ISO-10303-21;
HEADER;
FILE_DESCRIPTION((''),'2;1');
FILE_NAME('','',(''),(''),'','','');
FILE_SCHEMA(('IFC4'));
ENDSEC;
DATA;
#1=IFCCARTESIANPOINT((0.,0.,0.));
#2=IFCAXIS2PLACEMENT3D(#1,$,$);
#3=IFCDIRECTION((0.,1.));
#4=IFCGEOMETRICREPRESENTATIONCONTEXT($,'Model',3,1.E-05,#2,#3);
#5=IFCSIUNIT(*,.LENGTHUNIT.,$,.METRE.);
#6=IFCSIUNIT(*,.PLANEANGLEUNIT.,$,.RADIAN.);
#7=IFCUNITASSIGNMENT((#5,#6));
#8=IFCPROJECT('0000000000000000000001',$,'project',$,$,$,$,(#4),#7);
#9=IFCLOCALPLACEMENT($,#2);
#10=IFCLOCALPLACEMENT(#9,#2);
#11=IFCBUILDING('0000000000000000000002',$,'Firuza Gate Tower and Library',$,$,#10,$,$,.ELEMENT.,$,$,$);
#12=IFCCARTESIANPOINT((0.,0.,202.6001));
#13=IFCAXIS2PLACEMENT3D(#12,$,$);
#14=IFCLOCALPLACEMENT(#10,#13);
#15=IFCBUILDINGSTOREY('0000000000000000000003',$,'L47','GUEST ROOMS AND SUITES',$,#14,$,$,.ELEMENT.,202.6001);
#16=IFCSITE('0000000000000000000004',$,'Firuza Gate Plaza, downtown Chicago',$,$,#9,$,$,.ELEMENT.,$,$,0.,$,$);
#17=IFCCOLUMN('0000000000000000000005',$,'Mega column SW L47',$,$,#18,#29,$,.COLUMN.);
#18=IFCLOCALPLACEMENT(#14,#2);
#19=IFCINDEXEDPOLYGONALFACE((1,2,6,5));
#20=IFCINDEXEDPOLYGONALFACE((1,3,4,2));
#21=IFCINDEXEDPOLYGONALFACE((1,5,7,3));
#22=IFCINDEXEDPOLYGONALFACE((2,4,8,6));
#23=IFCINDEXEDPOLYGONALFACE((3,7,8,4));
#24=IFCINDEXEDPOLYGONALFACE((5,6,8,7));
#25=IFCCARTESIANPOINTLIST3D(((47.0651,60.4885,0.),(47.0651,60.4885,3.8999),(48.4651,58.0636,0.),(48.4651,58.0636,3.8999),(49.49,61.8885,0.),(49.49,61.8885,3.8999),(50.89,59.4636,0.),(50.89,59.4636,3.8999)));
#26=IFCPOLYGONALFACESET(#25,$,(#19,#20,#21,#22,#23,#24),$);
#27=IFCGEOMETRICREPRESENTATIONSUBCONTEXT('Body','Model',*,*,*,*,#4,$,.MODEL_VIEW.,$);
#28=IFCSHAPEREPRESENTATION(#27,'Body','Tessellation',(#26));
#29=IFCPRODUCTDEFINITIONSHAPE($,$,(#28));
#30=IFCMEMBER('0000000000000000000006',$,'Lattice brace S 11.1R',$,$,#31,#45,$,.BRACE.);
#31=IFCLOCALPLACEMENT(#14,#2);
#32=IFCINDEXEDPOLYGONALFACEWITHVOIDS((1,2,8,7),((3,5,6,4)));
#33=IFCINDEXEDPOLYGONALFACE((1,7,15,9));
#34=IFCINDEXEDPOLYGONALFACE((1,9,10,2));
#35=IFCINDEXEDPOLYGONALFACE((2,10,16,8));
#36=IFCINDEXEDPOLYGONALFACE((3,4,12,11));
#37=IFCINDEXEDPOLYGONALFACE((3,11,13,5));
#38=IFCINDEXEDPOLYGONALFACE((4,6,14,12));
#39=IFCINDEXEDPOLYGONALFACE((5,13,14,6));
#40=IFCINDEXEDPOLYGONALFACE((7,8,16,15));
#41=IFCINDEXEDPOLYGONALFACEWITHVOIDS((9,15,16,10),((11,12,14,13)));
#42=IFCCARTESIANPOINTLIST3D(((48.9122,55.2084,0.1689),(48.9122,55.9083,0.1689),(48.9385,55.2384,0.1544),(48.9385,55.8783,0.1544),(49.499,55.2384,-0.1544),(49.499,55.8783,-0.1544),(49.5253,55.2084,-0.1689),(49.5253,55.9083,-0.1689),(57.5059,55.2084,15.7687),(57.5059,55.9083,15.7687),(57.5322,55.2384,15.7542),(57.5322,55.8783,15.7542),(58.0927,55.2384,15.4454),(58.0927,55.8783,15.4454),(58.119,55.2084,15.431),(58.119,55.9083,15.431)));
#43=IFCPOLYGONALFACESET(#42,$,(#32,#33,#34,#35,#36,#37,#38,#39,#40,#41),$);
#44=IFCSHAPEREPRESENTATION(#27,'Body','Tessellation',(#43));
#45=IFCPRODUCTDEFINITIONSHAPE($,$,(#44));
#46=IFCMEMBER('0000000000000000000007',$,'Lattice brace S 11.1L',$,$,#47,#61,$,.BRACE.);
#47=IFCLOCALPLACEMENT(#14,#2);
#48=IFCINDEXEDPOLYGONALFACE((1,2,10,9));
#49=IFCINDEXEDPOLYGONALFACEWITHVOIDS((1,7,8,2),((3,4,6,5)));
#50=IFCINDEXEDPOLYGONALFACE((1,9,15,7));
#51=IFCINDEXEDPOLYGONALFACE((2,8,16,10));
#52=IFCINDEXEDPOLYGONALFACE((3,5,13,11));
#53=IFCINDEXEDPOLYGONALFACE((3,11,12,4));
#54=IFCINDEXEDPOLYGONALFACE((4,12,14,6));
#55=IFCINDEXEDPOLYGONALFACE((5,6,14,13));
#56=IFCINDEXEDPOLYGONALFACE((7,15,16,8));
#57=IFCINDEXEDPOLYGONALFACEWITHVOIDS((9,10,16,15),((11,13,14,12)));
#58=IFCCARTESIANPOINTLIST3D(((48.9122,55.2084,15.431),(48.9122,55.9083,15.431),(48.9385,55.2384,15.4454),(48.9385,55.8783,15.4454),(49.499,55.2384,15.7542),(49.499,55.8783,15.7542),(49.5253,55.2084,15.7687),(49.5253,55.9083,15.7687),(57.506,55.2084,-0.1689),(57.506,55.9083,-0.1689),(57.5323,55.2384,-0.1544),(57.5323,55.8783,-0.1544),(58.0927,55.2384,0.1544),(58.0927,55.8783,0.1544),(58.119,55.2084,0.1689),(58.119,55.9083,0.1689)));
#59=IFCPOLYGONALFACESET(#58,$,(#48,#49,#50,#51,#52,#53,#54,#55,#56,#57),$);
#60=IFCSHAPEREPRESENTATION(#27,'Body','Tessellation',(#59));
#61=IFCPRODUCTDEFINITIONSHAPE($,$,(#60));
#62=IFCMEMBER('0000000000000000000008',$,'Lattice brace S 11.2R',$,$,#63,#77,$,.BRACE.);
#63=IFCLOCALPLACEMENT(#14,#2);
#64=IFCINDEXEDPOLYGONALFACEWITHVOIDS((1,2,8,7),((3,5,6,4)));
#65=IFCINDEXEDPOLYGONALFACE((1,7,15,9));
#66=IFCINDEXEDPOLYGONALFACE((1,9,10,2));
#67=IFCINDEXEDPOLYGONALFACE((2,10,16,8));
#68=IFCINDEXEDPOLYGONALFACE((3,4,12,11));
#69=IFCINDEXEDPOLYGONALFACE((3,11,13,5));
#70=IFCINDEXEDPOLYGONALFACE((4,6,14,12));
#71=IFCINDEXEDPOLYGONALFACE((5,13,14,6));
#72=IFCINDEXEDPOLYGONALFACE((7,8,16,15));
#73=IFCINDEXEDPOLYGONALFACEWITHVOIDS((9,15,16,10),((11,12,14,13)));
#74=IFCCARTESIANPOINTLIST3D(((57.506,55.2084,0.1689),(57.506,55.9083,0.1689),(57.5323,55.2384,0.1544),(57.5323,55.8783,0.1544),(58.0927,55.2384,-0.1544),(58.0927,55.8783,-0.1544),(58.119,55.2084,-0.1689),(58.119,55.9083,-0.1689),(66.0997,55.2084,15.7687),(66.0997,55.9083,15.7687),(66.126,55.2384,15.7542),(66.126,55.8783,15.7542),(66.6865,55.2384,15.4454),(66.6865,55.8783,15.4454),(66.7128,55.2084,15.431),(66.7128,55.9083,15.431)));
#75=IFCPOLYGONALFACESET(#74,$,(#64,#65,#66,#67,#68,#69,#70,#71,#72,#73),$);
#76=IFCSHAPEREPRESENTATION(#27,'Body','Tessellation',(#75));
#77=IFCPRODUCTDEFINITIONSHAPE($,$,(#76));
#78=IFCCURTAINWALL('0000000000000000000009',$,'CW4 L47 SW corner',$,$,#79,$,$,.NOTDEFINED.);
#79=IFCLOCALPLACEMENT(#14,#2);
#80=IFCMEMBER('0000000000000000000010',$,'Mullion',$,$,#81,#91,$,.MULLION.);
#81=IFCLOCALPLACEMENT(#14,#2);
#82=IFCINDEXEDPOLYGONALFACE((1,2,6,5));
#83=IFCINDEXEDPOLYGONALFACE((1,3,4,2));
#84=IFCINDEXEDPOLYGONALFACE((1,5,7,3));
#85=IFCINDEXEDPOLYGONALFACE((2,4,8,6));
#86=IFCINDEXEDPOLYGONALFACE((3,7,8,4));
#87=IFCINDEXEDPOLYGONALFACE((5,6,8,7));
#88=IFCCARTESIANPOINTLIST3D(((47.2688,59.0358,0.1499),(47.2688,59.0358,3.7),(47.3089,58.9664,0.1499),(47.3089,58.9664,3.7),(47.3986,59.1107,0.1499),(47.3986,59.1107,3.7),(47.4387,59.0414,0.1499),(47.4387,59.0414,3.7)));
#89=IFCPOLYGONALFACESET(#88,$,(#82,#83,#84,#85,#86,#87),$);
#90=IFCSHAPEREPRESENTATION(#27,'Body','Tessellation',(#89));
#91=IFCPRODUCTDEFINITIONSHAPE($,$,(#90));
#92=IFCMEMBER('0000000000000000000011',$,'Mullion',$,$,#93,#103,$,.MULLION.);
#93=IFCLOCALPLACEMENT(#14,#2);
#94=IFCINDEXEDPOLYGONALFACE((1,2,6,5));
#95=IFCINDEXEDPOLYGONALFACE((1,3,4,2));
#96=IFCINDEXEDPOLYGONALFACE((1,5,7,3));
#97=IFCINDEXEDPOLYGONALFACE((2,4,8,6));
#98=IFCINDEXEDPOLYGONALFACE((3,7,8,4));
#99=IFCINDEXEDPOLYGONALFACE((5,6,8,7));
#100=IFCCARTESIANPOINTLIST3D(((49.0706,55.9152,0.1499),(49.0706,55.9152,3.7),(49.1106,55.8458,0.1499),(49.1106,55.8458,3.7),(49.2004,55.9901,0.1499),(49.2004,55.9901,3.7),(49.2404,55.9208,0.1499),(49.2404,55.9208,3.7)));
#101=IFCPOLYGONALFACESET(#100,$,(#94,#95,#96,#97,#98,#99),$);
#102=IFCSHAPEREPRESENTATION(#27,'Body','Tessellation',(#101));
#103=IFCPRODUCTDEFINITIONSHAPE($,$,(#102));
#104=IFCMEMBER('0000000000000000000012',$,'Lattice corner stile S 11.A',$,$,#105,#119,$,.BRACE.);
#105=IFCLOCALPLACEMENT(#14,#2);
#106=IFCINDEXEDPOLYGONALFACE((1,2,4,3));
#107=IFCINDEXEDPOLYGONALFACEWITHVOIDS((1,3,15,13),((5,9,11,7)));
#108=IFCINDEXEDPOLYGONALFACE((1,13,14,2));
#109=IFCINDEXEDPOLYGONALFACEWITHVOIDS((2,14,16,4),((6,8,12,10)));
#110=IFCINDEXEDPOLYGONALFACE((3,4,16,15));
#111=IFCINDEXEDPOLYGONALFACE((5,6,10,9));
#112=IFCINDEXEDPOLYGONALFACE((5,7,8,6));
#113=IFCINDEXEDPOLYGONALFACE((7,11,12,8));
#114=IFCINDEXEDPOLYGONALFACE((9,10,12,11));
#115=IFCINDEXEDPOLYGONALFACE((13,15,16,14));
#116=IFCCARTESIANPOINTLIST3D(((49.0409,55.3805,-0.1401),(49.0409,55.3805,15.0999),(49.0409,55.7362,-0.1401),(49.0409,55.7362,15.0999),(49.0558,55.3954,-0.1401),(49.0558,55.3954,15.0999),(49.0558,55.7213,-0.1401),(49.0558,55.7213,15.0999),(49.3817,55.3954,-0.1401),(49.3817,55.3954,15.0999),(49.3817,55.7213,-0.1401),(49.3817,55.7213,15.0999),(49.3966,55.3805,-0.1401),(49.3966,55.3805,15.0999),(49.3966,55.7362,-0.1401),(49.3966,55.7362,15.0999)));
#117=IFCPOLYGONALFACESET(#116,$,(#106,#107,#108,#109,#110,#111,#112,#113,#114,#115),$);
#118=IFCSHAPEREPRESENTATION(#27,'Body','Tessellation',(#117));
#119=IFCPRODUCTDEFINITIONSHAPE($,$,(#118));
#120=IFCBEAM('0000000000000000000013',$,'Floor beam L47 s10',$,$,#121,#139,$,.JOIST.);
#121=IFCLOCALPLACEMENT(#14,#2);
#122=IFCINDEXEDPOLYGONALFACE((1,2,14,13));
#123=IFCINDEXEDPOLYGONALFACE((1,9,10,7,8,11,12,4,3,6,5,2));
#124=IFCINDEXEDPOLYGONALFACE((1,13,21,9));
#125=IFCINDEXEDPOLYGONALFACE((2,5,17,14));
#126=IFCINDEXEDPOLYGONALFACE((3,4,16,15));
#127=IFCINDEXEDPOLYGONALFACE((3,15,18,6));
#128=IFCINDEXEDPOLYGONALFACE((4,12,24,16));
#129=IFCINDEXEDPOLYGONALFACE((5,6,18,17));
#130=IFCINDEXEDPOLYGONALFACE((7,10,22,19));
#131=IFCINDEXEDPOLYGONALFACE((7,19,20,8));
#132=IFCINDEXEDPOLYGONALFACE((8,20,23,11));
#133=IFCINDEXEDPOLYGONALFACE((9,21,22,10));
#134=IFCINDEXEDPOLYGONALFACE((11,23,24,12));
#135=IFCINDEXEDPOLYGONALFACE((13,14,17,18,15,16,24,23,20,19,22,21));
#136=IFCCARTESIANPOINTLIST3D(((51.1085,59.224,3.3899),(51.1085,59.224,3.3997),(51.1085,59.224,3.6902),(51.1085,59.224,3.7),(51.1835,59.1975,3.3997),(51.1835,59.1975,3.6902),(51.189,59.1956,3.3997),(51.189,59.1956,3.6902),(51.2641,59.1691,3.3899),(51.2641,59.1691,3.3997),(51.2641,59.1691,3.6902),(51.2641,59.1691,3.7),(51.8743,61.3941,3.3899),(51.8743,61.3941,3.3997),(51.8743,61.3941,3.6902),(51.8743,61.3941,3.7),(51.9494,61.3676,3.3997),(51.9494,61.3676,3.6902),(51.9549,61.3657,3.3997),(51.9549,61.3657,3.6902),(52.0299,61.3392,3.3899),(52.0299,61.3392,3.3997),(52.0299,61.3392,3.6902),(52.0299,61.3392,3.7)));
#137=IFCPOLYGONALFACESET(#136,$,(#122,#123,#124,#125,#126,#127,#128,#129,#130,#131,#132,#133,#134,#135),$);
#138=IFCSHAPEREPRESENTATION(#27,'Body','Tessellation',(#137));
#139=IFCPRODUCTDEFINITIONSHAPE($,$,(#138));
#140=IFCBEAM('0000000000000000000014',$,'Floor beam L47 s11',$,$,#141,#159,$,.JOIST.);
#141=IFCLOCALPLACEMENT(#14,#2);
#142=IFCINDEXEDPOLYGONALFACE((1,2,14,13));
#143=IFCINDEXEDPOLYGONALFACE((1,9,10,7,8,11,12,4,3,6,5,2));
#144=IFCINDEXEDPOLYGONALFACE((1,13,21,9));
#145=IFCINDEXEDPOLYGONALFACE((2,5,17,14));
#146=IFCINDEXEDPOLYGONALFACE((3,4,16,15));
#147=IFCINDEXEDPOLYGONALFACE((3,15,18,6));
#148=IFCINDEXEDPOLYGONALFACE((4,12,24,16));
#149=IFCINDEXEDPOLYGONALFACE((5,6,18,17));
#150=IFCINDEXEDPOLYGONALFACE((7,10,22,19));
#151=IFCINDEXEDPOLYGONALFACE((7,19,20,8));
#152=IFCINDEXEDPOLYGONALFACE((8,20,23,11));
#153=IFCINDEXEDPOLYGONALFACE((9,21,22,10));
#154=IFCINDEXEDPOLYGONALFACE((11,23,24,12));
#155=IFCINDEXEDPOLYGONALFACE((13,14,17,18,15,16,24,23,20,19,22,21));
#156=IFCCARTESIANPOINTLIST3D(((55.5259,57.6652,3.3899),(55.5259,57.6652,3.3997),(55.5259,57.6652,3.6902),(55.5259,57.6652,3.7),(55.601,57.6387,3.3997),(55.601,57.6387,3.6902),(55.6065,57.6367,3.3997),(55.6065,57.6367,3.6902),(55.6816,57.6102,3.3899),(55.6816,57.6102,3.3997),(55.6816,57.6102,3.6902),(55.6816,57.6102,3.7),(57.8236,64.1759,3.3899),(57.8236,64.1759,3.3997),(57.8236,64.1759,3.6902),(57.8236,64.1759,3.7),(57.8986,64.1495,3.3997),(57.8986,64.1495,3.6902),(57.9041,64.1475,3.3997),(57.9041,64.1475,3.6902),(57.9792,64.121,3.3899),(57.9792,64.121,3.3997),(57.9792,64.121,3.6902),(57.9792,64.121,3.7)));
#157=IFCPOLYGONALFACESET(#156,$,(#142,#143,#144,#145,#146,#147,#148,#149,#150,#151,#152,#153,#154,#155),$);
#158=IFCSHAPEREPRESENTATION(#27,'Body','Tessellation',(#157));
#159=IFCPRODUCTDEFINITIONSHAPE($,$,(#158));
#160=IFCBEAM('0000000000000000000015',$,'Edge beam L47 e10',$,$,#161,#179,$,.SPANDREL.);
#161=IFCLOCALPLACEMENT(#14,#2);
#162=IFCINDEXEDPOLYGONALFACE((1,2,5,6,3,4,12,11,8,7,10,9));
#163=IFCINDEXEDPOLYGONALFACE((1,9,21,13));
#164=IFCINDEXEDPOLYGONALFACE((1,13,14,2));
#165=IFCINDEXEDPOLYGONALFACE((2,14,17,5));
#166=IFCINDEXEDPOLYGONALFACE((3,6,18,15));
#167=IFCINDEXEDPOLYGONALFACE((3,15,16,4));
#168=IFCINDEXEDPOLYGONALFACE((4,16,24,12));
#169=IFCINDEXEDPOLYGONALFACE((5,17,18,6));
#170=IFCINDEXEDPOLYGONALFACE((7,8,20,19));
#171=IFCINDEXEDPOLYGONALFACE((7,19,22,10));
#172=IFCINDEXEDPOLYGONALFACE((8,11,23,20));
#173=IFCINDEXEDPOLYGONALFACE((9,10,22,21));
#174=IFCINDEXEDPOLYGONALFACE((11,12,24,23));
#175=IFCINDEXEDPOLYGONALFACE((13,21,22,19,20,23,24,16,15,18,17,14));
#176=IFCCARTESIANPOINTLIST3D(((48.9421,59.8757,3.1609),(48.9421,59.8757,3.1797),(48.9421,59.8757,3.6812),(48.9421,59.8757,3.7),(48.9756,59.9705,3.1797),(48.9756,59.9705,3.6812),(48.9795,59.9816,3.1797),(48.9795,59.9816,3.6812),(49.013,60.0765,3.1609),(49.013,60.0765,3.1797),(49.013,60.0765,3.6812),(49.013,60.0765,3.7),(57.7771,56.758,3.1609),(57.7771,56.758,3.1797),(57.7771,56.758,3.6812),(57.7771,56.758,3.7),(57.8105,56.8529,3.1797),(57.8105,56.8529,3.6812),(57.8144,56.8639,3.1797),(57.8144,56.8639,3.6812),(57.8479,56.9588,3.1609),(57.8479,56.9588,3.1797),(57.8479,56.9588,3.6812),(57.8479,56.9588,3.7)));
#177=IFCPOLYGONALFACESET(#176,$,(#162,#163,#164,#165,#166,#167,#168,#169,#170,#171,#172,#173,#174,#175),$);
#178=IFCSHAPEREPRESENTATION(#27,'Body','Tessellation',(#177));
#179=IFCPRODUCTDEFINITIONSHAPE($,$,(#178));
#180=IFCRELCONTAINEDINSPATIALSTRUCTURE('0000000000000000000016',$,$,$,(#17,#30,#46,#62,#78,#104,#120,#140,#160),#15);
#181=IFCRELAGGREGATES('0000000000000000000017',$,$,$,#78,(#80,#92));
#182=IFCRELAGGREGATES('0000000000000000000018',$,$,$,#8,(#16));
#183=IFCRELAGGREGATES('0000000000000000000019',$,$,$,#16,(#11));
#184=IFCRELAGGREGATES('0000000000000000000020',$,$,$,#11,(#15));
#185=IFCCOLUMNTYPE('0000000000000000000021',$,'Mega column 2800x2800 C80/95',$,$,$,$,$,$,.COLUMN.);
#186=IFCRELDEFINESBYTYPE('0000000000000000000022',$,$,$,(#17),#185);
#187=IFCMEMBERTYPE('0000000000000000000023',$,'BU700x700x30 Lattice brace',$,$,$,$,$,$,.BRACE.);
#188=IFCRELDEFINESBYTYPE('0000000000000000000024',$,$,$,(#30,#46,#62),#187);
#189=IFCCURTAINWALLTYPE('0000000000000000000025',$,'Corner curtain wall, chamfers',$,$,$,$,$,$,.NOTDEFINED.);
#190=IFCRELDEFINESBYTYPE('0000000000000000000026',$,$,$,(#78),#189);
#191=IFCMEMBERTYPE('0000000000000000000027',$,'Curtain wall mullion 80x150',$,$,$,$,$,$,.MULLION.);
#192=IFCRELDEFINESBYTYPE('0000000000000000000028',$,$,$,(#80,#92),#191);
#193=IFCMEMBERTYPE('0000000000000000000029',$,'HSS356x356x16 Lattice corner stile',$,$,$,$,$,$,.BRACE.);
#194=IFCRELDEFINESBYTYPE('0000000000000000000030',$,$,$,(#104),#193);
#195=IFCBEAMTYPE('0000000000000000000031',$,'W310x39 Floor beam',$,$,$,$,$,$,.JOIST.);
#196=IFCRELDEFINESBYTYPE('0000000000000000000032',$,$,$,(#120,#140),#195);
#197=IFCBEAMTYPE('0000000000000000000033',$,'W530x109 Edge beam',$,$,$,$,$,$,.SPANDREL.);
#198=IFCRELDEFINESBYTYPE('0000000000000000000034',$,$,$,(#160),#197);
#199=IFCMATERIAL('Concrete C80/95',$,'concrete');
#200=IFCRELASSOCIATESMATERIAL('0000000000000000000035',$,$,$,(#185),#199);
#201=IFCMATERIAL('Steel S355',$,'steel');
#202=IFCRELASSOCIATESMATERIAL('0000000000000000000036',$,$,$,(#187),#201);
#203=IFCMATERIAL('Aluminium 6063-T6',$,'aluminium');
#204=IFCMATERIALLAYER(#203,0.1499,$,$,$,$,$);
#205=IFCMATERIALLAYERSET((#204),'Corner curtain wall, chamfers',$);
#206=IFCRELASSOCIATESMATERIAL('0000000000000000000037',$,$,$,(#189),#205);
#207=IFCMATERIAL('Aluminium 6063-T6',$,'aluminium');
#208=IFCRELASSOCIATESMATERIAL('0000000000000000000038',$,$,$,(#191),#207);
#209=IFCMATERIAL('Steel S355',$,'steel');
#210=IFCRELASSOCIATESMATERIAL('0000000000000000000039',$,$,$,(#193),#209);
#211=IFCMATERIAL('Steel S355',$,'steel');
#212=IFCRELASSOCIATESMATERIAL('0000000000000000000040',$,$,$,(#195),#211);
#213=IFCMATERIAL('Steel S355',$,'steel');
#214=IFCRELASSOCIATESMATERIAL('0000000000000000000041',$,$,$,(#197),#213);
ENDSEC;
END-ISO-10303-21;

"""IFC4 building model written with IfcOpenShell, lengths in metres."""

from ifc_helpers import new_model, si_unit, direction, frame, origin, origin_2d, place, context, subcontext, project, spatial, rectangle, hollow_rectangle, i_section, extrude, material, layer, layer_set, material_profile, profile_set, type_object, element, aggregate, save


model = new_model("IFC4")

# Units and contexts
model_context = context("Model", 3, precision=1e-05, world=origin(), true_north=direction((0.0, 1.0)))
body_context = subcontext(model_context, "Body", "Model", "MODEL_VIEW")
ifc_project = project(units=[si_unit("LENGTHUNIT", "METRE"), si_unit("PLANEANGLEUNIT", "RADIAN")], contexts=[model_context])

# Site, building, storey
site_placement = place(None, origin())
site = spatial("IfcSite", under=ifc_project, at=site_placement, Name="Firuza Gate Plaza, downtown Chicago", CompositionType="ELEMENT", RefElevation=0.0)
building_placement = place(site_placement, origin())
building = spatial("IfcBuilding", under=site, at=building_placement, Name="Firuza Gate Tower and Library", CompositionType="ELEMENT")
storey_placement = place(building_placement, frame((0.0, 0.0, 202.6001)))
storey = spatial("IfcBuildingStorey", under=building, at=storey_placement, Name="L47", Description="GUEST ROOMS AND SUITES", CompositionType="ELEMENT", Elevation=202.6001)

# Column
ifc_material_1 = material(Name="Concrete C80/95", Category="concrete")
ifc_material_profile_1 = material_profile(ifc_material_1, rectangle(XDim=2.8, YDim=2.8, at=origin_2d()))
ifc_profile_set_1 = profile_set([ifc_material_profile_1], Name="Concrete C80/95")
column_type = type_object("IfcColumnType", Name="Mega column 2800x2800 C80/95", PredefinedType="COLUMN", material=ifc_profile_set_1)
column_placement = place(storey_placement, frame((48.9775, 59.9761, 0.0), z_axis=(0.0, 0.0, 1.0), x_axis=(0.5, -0.866025, 0.0)))
element("IfcColumn", 1, at=column_placement, inside=storey, type_object=column_type, Name="Mega column SW L47", PredefinedType="COLUMN", context=body_context, shape_type="SweptSolid", body=[
    extrude(rectangle(XDim=2.8, YDim=2.8, at=origin_2d()), origin(), (0.0, 0.0, 1.0), 3.8999),
])

# Members
ifc_material_2 = material(Name="Steel S355", Category="steel")
ifc_material_profile_2 = material_profile(ifc_material_2, hollow_rectangle(XDim=0.7, YDim=0.7, WallThickness=0.03, at=origin_2d()))
ifc_profile_set_2 = profile_set([ifc_material_profile_2], Name="Steel S355")
member_type_1 = type_object("IfcMemberType", Name="BU700x700x30 Lattice brace", PredefinedType="BRACE", material=ifc_profile_set_2)
for number, where, z_axis, x_axis, name in (
    (2, (49.2188, 55.5583, 0.0), (0.482515, 0.0, 0.875888), (0.0, 1.0, 0.0), "Lattice brace S 11.1R"),
    (3, (57.8125, 55.5583, 0.0), (-0.482515, 0.0, 0.875888), (0.0, -1.0, 0.0), "Lattice brace S 11.1L"),
    (4, (57.8125, 55.5583, 0.0), (0.482515, 0.0, 0.875888), (0.0, 1.0, 0.0), "Lattice brace S 11.2R"),
):
    element("IfcMember", number, at=place(storey_placement, frame(where, z_axis=z_axis, x_axis=x_axis)), inside=storey, type_object=member_type_1, Name=name, PredefinedType="BRACE", context=body_context, shape_type="SweptSolid", body=[
        extrude(hollow_rectangle(XDim=0.7, YDim=0.7, WallThickness=0.03, at=origin_2d()), origin(), (0.0, 0.0, 1.0), 17.8103),
    ])

# Curtain wall, members
ifc_material_3 = material(Name="Aluminium 6063-T6", Category="aluminium")
ifc_layer_1 = layer(ifc_material_3, 0.1499)
ifc_layer_set_1 = layer_set([ifc_layer_1], Name="Corner curtain wall, chamfers")
curtain_wall_type = type_object("IfcCurtainWallType", Name="Corner curtain wall, chamfers", PredefinedType="NOTDEFINED", material=ifc_layer_set_1)
placement_1 = place(storey_placement, origin())
curtain_wall = element("IfcCurtainWall", 5, at=placement_1, inside=storey, type_object=curtain_wall_type, Name="CW4 L47 SW corner", PredefinedType="NOTDEFINED")
ifc_material_4 = material(Name="Aluminium 6063-T6", Category="aluminium")
ifc_material_profile_3 = material_profile(ifc_material_4, rectangle(XDim=0.1499, YDim=0.0801, at=origin_2d()))
ifc_profile_set_3 = profile_set([ifc_material_profile_3], Name="Aluminium 6063-T6")
member_type_2 = type_object("IfcMemberType", Name="Curtain wall mullion 80x150", PredefinedType="MULLION", material=ifc_profile_set_3)
member_1_placement = place(storey_placement, frame((47.3538, 59.0386, 0.1499), z_axis=(0.0, 0.0, 1.0), x_axis=(0.866025, 0.5, 0.0)))
member_1 = element("IfcMember", 6, at=member_1_placement, type_object=member_type_2, Name="Mullion", PredefinedType="MULLION", context=body_context, shape_type="SweptSolid", body=[
    extrude(rectangle(XDim=0.1499, YDim=0.0801, at=origin_2d()), origin(), (0.0, 0.0, 1.0), 3.55),
])
member_2_placement = place(storey_placement, frame((49.1555, 55.918, 0.1499), z_axis=(0.0, 0.0, 1.0), x_axis=(0.866025, 0.5, 0.0)))
member_2 = element("IfcMember", 7, at=member_2_placement, type_object=member_type_2, Name="Mullion", PredefinedType="MULLION", context=body_context, shape_type="SweptSolid", body=[
    extrude(rectangle(XDim=0.1499, YDim=0.0801, at=origin_2d()), origin(), (0.0, 0.0, 1.0), 3.55),
])

# Member
ifc_material_5 = material(Name="Steel S355", Category="steel")
ifc_material_profile_4 = material_profile(ifc_material_5, hollow_rectangle(XDim=0.3557, YDim=0.3557, WallThickness=0.0149, at=origin_2d()))
ifc_profile_set_4 = profile_set([ifc_material_profile_4], Name="Steel S355")
member_type_3 = type_object("IfcMemberType", Name="HSS356x356x16 Lattice corner stile", PredefinedType="BRACE", material=ifc_profile_set_4)
member_3_placement = place(storey_placement, frame((49.2188, 55.5583, -0.1401), z_axis=(0.0, 0.0, 1.0), x_axis=(1.0, 0.0, 0.0)))
element("IfcMember", 8, at=member_3_placement, inside=storey, type_object=member_type_3, Name="Lattice corner stile S 11.A", PredefinedType="BRACE", context=body_context, shape_type="SweptSolid", body=[
    extrude(hollow_rectangle(XDim=0.3557, YDim=0.3557, WallThickness=0.0149, at=origin_2d()), origin(), (0.0, 0.0, 1.0), 15.24),
])

# Beams
ifc_material_6 = material(Name="Steel S355", Category="steel")
ifc_material_profile_5 = material_profile(ifc_material_6, i_section(OverallWidth=0.165, OverallDepth=0.3101, WebThickness=0.0059, FlangeThickness=0.0098, at=origin_2d()))
ifc_profile_set_5 = profile_set([ifc_material_profile_5], Name="Steel S355")
beam_type_1 = type_object("IfcBeamType", Name="W310x39 Floor beam", PredefinedType="JOIST", material=ifc_profile_set_5)
beam_1_placement = place(storey_placement, frame((51.1863, 59.1965, 3.5449), z_axis=(0.332792, 0.943, 0.0), x_axis=(-0.943, 0.332792, 0.0)))
element("IfcBeam", 9, at=beam_1_placement, inside=storey, type_object=beam_type_1, Name="Floor beam L47 s10", PredefinedType="JOIST", context=body_context, shape_type="SweptSolid", body=[
    extrude(i_section(OverallWidth=0.165, OverallDepth=0.3101, WebThickness=0.0059, FlangeThickness=0.0098, at=origin_2d()), origin(), (0.0, 0.0, 1.0), 2.3013),
])
beam_2_placement = place(storey_placement, frame((55.6038, 57.6377, 3.5449), z_axis=(0.332781, 0.943004, 0.0), x_axis=(-0.943004, 0.332781, 0.0)))
element("IfcBeam", 10, at=beam_2_placement, inside=storey, type_object=beam_type_1, Name="Floor beam L47 s11", PredefinedType="JOIST", context=body_context, shape_type="SweptSolid", body=[
    extrude(i_section(OverallWidth=0.165, OverallDepth=0.3101, WebThickness=0.0059, FlangeThickness=0.0098, at=origin_2d()), origin(), (0.0, 0.0, 1.0), 6.9043),
])
ifc_material_7 = material(Name="Steel S355", Category="steel")
ifc_material_profile_6 = material_profile(ifc_material_7, i_section(OverallWidth=0.2129, OverallDepth=0.5391, WebThickness=0.0117, FlangeThickness=0.0188, at=origin_2d()))
ifc_profile_set_6 = profile_set([ifc_material_profile_6], Name="Steel S355")
beam_type_2 = type_object("IfcBeamType", Name="W530x109 Edge beam", PredefinedType="SPANDREL", material=ifc_profile_set_6)
beam_3_placement = place(storey_placement, frame((48.9775, 59.9761, 3.4304), z_axis=(0.943009, -0.332768, 0.0), x_axis=(0.332768, 0.943009, 0.0)))
element("IfcBeam", 11, at=beam_3_placement, inside=storey, type_object=beam_type_2, Name="Edge beam L47 e10", PredefinedType="SPANDREL", context=body_context, shape_type="SweptSolid", body=[
    extrude(i_section(OverallWidth=0.2129, OverallDepth=0.5391, WebThickness=0.0117, FlangeThickness=0.0188, at=origin_2d()), origin(), (0.0, 0.0, 1.0), 9.3689),
])

aggregate(curtain_wall, [member_1, member_2])

save(model, "model.ifc")
